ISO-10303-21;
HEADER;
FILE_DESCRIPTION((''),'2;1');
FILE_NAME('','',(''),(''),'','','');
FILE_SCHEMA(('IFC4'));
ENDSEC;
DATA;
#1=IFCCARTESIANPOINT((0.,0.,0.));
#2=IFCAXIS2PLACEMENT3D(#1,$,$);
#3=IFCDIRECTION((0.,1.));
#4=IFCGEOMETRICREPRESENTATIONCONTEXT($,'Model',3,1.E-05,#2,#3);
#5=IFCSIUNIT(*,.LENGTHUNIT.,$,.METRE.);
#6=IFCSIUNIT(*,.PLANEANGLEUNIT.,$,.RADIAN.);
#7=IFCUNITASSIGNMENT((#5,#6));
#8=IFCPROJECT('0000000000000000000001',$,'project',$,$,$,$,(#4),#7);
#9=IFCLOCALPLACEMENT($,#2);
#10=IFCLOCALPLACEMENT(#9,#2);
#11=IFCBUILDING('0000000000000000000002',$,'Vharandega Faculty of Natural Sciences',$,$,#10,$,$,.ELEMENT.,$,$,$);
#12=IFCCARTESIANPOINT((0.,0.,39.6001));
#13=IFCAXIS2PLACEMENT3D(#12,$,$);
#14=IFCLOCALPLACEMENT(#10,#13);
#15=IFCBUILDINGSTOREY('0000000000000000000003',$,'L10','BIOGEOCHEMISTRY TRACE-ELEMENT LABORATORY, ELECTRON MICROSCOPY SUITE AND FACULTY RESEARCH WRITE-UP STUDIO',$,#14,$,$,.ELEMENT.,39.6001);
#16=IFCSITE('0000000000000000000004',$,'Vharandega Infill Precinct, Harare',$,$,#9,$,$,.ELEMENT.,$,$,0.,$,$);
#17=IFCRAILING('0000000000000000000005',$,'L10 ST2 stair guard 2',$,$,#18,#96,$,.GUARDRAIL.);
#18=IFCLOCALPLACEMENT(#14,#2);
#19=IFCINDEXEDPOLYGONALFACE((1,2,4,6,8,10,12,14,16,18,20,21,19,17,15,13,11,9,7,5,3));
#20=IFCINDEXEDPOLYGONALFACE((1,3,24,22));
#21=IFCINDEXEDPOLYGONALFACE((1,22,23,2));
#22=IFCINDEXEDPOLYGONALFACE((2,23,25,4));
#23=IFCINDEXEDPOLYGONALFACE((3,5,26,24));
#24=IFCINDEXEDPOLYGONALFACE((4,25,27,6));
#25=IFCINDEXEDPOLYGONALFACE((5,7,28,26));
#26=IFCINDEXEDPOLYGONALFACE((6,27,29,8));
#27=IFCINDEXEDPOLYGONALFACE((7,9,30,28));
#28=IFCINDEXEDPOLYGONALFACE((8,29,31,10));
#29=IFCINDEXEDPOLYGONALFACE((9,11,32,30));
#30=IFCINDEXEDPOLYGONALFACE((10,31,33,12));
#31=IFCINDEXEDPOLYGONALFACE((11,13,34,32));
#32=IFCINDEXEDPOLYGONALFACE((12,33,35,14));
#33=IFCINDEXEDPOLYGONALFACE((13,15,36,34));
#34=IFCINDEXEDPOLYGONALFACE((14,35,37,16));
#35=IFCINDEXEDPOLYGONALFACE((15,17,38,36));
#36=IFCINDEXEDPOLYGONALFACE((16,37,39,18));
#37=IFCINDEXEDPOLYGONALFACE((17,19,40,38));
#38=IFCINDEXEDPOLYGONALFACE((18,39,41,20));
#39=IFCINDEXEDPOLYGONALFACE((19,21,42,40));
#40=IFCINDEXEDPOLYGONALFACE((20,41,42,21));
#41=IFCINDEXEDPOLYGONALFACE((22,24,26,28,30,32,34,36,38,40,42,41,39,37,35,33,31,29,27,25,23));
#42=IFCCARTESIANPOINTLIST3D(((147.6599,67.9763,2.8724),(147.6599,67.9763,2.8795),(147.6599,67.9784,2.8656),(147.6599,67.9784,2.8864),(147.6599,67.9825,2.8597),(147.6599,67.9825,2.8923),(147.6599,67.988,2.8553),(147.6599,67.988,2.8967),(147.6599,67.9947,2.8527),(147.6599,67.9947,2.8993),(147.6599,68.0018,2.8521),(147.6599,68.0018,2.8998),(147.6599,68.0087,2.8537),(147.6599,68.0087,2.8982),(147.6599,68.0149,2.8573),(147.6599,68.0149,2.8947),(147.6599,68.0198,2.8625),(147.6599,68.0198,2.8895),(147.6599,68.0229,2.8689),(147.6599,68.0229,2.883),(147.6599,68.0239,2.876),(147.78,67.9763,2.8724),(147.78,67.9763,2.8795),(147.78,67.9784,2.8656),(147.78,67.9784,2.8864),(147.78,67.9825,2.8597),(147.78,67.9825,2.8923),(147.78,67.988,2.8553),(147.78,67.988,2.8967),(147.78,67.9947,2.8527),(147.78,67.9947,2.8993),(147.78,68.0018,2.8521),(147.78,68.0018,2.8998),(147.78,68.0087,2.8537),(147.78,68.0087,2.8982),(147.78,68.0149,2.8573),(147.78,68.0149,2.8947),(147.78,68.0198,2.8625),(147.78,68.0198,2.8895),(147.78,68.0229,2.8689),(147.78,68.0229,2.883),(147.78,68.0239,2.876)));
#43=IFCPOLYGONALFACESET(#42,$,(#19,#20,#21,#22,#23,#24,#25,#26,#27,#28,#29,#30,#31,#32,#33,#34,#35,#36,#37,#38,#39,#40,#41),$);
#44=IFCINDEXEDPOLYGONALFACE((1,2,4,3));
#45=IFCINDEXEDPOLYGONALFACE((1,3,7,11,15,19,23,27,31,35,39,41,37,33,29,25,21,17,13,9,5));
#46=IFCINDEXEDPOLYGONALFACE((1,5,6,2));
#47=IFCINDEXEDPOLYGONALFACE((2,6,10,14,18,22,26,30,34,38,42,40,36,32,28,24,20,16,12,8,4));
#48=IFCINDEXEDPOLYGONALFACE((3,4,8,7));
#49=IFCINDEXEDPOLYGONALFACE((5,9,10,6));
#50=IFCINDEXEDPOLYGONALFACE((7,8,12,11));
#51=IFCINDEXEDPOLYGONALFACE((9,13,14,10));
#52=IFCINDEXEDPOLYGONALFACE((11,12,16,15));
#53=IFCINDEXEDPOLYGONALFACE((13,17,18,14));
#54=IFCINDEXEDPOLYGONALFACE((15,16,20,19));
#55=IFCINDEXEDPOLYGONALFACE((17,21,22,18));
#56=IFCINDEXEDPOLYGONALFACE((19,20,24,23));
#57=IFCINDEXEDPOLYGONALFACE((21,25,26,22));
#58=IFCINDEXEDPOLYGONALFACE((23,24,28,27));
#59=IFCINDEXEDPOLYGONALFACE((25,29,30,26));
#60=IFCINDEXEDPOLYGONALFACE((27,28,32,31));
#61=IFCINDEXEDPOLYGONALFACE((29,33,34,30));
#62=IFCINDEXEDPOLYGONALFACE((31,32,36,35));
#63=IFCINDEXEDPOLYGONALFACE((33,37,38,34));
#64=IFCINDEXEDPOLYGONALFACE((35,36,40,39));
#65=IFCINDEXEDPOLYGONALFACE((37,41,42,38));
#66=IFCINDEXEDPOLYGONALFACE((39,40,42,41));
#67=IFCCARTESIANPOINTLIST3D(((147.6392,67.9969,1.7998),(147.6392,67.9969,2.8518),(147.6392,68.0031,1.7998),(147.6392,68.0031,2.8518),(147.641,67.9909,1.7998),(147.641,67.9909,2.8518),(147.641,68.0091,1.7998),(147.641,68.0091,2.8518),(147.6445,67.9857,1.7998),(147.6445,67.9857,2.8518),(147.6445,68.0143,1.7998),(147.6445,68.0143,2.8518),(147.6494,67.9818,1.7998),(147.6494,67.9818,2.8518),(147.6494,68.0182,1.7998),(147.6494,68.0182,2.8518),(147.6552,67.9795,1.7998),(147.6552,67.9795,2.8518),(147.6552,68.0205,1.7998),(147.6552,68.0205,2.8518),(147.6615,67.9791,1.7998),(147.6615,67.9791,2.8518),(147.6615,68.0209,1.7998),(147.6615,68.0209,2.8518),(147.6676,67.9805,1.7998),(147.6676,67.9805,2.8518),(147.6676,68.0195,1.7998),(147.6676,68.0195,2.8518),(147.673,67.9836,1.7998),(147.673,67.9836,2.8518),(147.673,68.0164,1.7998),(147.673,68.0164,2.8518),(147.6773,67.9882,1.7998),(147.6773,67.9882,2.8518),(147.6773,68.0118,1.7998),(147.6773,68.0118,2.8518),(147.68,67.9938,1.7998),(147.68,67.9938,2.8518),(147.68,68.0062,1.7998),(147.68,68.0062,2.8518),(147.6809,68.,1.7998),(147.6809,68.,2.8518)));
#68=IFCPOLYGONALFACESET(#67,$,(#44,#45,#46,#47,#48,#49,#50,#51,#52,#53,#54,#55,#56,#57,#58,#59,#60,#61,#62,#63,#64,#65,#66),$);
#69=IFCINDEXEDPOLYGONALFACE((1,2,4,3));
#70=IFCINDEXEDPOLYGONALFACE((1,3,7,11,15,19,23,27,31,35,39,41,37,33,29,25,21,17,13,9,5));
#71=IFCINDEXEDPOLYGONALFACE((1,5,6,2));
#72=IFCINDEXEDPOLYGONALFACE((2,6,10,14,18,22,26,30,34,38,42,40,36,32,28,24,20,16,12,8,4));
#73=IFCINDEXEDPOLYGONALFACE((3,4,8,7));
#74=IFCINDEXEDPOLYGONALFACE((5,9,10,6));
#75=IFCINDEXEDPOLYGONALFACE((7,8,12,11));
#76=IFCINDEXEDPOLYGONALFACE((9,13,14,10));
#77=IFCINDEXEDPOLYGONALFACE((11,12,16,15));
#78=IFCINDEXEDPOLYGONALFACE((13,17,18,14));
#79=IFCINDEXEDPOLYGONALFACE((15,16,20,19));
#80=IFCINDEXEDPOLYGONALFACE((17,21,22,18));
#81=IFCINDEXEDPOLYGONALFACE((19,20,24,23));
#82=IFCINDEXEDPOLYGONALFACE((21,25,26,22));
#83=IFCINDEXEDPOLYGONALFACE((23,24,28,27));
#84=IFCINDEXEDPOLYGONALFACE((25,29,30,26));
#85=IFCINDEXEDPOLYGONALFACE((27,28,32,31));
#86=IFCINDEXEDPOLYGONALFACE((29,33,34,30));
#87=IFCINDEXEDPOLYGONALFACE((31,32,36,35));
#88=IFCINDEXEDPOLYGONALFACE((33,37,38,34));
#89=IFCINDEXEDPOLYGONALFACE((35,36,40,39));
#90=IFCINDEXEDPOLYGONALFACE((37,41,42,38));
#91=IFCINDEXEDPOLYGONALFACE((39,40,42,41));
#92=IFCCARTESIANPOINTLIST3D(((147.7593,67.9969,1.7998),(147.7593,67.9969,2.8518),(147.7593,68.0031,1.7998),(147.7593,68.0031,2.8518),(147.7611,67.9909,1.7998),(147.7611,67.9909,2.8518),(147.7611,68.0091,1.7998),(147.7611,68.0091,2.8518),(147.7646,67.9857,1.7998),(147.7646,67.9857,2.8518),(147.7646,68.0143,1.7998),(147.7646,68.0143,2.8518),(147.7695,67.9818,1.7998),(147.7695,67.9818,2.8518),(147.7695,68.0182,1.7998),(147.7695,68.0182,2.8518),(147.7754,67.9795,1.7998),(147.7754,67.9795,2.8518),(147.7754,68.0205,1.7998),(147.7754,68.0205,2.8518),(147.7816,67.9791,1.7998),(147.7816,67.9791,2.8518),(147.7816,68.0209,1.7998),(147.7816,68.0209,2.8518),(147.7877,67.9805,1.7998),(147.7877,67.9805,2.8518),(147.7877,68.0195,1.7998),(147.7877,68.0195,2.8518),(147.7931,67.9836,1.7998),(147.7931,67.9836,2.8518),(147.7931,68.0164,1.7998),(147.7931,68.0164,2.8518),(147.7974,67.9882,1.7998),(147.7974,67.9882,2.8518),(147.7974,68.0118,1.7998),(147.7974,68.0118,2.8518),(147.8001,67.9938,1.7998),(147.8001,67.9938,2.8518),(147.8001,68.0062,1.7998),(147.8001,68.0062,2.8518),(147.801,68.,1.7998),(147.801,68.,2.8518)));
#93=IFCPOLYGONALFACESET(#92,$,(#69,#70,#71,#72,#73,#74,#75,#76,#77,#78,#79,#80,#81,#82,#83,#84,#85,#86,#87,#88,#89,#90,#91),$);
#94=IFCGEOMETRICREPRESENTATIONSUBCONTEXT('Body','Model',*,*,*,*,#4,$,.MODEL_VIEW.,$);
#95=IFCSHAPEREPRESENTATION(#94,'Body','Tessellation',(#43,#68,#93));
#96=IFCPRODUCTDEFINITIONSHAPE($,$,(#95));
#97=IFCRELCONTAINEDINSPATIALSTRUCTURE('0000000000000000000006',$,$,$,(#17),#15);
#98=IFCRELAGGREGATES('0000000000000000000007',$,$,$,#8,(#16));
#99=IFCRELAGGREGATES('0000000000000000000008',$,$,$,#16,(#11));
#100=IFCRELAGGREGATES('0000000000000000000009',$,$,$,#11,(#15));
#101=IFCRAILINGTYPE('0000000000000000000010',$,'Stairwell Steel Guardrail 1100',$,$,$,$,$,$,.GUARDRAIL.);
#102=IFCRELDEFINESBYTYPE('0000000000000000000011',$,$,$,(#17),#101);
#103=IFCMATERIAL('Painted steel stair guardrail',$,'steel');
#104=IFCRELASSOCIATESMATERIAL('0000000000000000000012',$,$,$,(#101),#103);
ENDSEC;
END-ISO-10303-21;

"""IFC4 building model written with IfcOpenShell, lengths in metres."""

from ifc_helpers import new_model, si_unit, direction, frame, origin, origin_2d, place, context, subcontext, project, spatial, circle, extrude, material, type_object, element, save


model = new_model("IFC4")

# Units and contexts
model_context = context("Model", 3, precision=1e-05, world=origin(), true_north=direction((0.0, 1.0)))
body_context = subcontext(model_context, "Body", "Model", "MODEL_VIEW")
ifc_project = project(units=[si_unit("LENGTHUNIT", "METRE"), si_unit("PLANEANGLEUNIT", "RADIAN")], contexts=[model_context])

# Site, building, storey
site_placement = place(None, origin())
site = spatial("IfcSite", under=ifc_project, at=site_placement, Name="Vharandega Infill Precinct, Harare", CompositionType="ELEMENT", RefElevation=0.0)
building_placement = place(site_placement, origin())
building = spatial("IfcBuilding", under=site, at=building_placement, Name="Vharandega Faculty of Natural Sciences", CompositionType="ELEMENT")
storey_placement = place(building_placement, frame((0.0, 0.0, 39.6001)))
storey = spatial("IfcBuildingStorey", under=building, at=storey_placement, Name="L10", Description="BIOGEOCHEMISTRY TRACE-ELEMENT LABORATORY, ELECTRON MICROSCOPY SUITE AND FACULTY RESEARCH WRITE-UP STUDIO", CompositionType="ELEMENT", Elevation=39.6001)

# Railing
ifc_material_1 = material(Name="Painted steel stair guardrail", Category="steel")
railing_type_1 = type_object("IfcRailingType", Name="Stairwell Steel Guardrail 1100", PredefinedType="GUARDRAIL", material=ifc_material_1)
railing_1_placement = place(storey_placement, frame((147.6599, 68.0, 1.7998)))
element("IfcRailing", 1, at=railing_1_placement, inside=storey, type_object=railing_type_1, Name="L10 ST2 stair guard 2", PredefinedType="GUARDRAIL", context=body_context, shape_type="SweptSolid", body=[
    extrude(circle(Radius=0.0239, at=origin_2d()), frame((0.0, 0.0, 1.0762), z_axis=(1.0, 0.0, 0.0), x_axis=(0.0, 1.0, 0.0)), (0.0, 0.0, 1.0), 0.1201),
    extrude(circle(Radius=0.021, at=origin_2d()), origin(), (0.0, 0.0, 1.0), 1.052),
    extrude(circle(Radius=0.021, at=origin_2d()), frame((0.1201, 0.0, 0.0)), (0.0, 0.0, 1.0), 1.052),
])

save(model, "model.ifc")
